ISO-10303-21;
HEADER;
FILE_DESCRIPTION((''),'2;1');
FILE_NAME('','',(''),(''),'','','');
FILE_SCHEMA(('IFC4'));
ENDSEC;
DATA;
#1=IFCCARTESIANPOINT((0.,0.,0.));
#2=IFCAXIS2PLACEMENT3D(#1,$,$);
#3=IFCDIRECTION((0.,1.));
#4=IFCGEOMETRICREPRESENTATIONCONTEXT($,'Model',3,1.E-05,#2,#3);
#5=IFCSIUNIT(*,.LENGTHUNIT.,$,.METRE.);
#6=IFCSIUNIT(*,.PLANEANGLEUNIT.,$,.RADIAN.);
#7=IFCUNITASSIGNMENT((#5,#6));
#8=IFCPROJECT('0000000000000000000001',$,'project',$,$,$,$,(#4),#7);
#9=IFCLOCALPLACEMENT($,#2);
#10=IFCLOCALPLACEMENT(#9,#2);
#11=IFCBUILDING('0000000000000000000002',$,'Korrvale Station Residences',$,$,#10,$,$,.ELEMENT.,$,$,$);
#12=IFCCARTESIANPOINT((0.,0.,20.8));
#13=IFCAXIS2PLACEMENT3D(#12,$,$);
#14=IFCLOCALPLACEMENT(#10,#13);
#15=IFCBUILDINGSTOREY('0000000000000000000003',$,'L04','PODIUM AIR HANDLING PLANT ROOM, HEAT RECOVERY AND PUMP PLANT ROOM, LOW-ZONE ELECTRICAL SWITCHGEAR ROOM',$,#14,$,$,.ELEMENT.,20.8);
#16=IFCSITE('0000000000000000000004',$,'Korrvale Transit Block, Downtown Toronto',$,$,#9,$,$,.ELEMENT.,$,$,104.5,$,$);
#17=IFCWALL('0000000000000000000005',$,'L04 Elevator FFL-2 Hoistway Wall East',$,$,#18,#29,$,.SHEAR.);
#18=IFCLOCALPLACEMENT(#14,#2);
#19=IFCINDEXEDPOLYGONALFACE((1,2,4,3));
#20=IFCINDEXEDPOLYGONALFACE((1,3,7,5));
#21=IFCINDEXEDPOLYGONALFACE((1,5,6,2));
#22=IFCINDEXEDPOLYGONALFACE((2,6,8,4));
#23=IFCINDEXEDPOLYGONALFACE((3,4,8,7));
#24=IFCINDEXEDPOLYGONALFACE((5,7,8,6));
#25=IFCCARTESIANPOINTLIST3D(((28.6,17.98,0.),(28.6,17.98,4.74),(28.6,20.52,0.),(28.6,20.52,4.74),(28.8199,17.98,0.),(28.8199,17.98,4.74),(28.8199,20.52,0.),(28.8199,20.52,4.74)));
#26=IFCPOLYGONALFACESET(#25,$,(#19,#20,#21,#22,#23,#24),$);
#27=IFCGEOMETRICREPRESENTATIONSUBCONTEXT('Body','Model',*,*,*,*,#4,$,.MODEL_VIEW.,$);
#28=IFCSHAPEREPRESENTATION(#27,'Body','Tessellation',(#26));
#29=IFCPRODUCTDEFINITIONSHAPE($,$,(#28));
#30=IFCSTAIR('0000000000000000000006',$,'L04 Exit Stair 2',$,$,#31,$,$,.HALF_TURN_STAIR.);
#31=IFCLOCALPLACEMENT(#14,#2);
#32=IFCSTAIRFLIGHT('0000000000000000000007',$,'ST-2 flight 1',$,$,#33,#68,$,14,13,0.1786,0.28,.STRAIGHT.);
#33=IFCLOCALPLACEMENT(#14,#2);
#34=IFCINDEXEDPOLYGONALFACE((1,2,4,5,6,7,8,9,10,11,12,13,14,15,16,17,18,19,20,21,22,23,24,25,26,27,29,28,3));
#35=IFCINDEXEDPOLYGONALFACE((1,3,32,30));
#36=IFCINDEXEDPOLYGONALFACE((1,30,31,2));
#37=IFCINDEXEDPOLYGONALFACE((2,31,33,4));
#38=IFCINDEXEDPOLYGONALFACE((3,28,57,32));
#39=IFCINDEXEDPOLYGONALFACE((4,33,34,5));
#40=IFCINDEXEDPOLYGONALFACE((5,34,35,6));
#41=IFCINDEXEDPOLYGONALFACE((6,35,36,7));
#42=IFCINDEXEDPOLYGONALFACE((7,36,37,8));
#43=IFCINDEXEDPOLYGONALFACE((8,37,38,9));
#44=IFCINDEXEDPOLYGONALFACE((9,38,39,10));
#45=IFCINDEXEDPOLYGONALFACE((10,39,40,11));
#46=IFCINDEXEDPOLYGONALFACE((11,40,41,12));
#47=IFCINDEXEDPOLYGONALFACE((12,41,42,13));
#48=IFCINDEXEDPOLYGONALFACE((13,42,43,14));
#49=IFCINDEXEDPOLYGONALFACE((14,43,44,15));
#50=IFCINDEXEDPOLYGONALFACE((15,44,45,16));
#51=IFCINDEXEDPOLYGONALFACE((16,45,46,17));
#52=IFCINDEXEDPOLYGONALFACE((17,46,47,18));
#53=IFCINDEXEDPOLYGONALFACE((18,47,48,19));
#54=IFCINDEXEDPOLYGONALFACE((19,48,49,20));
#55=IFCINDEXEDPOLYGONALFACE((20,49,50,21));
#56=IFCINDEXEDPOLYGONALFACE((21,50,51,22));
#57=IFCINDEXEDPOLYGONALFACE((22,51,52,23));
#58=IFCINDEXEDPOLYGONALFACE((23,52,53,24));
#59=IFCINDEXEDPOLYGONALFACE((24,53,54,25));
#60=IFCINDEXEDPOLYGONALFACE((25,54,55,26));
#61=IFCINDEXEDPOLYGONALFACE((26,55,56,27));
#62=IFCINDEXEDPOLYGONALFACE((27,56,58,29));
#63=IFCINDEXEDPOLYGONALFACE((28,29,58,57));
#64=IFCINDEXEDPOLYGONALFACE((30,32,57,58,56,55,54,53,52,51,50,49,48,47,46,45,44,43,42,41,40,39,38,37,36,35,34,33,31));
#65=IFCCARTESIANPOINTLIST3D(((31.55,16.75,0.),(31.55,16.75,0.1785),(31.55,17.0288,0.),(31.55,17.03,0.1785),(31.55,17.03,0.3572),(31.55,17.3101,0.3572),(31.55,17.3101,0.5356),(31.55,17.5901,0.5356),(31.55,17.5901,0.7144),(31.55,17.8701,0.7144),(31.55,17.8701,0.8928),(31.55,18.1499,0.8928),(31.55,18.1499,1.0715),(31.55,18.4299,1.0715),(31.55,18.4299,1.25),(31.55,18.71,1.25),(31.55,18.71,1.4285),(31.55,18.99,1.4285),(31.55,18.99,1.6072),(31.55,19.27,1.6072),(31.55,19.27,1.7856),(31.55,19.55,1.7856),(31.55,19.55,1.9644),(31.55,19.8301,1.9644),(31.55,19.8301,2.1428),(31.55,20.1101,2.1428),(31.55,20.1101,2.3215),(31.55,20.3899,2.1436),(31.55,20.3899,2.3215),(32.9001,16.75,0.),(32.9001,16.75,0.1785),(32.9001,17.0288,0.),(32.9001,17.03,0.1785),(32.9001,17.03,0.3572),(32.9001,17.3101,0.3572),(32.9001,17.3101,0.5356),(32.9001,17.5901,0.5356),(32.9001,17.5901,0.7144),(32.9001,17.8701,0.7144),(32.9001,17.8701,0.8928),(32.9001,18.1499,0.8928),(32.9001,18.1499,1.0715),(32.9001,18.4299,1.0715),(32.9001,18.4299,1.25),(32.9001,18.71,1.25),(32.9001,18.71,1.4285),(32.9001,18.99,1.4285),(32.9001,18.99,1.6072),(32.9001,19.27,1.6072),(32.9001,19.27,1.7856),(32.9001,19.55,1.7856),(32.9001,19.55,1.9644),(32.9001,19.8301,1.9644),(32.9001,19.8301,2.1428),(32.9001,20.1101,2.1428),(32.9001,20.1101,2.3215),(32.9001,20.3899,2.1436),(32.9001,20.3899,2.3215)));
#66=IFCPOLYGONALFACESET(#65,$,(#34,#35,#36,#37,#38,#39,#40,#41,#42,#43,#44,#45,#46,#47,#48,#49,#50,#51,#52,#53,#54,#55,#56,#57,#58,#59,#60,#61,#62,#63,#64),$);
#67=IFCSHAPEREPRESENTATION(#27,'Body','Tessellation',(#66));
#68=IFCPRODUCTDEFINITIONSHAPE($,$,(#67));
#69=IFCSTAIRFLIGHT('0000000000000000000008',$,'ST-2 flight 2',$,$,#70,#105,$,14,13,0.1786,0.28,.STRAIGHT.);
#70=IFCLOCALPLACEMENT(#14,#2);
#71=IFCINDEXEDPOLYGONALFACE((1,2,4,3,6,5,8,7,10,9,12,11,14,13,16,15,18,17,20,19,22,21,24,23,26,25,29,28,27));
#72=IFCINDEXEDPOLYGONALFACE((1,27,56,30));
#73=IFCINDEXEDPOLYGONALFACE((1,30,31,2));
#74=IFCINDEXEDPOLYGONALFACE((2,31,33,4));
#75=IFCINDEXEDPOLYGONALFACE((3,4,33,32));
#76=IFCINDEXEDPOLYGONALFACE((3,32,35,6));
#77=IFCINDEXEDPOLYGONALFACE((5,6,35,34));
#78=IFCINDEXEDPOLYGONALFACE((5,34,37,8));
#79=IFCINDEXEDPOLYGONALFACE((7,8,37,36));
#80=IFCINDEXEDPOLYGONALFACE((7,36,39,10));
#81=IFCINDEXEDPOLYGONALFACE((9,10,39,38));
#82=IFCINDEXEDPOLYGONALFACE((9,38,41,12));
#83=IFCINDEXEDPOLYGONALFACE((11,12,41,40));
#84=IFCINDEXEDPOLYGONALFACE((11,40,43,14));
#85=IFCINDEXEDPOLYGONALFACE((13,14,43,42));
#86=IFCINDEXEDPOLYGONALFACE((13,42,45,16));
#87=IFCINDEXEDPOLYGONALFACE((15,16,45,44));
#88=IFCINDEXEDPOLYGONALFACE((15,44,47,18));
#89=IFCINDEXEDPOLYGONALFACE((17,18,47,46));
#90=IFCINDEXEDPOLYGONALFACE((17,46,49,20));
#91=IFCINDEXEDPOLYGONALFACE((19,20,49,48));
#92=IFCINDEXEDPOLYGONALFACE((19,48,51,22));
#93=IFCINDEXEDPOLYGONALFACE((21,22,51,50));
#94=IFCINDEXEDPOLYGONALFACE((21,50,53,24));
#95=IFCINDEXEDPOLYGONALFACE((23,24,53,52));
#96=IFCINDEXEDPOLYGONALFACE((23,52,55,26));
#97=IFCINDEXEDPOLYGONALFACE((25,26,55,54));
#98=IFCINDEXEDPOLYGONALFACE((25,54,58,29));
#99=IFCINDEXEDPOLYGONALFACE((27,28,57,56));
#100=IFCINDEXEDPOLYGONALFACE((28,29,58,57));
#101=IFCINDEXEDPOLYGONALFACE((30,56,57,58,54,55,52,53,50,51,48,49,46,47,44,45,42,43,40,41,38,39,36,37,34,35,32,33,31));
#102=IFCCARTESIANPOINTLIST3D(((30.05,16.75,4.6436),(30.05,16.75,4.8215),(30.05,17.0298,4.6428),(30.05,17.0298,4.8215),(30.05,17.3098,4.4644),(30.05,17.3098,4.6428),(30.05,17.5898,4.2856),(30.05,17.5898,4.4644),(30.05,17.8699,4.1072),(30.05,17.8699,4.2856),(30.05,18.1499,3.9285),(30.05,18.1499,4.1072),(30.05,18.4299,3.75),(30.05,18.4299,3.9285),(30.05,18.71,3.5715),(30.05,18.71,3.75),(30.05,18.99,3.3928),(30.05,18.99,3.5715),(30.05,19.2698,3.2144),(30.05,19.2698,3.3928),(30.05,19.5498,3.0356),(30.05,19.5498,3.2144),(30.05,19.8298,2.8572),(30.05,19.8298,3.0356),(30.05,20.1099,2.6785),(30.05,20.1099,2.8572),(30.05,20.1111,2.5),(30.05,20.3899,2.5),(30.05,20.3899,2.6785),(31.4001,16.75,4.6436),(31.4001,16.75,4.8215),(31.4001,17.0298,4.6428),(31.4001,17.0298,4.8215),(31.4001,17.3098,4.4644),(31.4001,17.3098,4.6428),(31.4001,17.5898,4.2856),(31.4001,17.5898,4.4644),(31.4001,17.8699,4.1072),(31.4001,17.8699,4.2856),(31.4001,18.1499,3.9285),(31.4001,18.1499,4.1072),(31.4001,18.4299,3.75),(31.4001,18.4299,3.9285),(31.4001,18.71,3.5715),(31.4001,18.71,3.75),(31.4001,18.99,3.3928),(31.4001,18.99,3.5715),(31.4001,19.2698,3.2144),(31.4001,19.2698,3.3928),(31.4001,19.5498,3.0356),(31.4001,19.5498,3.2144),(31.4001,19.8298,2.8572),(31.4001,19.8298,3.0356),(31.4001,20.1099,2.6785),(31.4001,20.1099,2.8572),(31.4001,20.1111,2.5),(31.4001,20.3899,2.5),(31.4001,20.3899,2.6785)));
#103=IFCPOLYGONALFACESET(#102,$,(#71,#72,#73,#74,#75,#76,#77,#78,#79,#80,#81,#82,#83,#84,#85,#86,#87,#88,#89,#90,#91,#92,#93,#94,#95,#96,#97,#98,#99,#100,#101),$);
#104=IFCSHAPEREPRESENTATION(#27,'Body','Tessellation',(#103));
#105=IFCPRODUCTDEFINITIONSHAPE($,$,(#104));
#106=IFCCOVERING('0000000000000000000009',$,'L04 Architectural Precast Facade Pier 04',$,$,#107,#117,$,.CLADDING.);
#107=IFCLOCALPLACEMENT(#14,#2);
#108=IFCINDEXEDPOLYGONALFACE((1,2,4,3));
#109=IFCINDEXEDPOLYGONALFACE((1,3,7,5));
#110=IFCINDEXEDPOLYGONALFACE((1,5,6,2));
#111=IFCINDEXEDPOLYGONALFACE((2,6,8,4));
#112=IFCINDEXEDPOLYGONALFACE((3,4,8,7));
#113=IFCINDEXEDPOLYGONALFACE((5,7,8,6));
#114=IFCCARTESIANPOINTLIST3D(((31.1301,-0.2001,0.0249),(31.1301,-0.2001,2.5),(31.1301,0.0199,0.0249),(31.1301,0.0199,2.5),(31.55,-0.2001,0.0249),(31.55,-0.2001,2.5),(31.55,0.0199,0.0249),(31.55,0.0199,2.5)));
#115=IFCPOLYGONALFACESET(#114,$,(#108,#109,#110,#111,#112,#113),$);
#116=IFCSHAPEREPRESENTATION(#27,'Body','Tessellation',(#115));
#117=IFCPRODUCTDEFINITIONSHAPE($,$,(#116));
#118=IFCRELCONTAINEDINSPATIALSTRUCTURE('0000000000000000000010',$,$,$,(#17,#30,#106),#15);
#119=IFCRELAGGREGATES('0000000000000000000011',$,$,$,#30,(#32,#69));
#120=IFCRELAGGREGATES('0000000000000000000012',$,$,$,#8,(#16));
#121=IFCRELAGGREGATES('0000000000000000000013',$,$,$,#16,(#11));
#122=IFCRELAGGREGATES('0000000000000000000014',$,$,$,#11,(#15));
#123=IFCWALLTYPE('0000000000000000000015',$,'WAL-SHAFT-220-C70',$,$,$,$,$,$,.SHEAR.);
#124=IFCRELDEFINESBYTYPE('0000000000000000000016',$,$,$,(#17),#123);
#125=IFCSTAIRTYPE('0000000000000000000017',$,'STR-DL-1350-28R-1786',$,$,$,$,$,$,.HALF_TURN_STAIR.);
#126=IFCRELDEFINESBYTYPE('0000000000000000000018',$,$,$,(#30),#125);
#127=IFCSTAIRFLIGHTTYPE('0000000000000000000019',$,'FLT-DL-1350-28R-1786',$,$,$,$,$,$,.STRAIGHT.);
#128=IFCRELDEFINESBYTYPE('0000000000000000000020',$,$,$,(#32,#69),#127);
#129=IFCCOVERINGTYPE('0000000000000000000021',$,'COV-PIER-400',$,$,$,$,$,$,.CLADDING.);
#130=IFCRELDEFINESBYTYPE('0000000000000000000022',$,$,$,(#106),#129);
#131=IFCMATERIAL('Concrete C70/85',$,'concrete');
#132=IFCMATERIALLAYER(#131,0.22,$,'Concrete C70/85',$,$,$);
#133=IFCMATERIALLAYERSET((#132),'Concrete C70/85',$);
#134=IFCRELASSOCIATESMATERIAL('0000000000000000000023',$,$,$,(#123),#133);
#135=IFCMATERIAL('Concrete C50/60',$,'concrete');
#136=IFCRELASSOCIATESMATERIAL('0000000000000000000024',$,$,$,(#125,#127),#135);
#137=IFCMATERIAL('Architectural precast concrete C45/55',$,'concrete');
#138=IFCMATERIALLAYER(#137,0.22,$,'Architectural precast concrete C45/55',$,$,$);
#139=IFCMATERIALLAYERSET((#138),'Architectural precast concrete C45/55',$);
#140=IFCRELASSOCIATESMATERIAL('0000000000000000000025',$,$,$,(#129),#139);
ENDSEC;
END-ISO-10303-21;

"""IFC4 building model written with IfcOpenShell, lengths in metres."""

from ifc_helpers import new_model, si_unit, direction, frame, frame_2d, origin, origin_2d, place, context, subcontext, project, spatial, polyline, rectangle, outline, extrude, material, layer, layer_set, type_object, element, aggregate, save


model = new_model("IFC4")

# Units and contexts
model_context = context("Model", 3, precision=1e-05, world=origin(), true_north=direction((0.0, 1.0)))
body_context = subcontext(model_context, "Body", "Model", "MODEL_VIEW")
ifc_project = project(units=[si_unit("LENGTHUNIT", "METRE"), si_unit("PLANEANGLEUNIT", "RADIAN")], contexts=[model_context])

# Site, building, storey
site_placement = place(None, origin())
site = spatial("IfcSite", under=ifc_project, at=site_placement, Name="Korrvale Transit Block, Downtown Toronto", CompositionType="ELEMENT", RefElevation=104.5)
building_placement = place(site_placement, origin())
building = spatial("IfcBuilding", under=site, at=building_placement, Name="Korrvale Station Residences", CompositionType="ELEMENT")
storey_placement = place(building_placement, frame((0.0, 0.0, 20.8)))
storey = spatial("IfcBuildingStorey", under=building, at=storey_placement, Name="L04", Description="PODIUM AIR HANDLING PLANT ROOM, HEAT RECOVERY AND PUMP PLANT ROOM, LOW-ZONE ELECTRICAL SWITCHGEAR ROOM", CompositionType="ELEMENT", Elevation=20.8)

# Shared definitions
ifc_material_1 = material(Name="Concrete C70/85", Category="concrete")

# Shared definitions
ifc_layer_1 = layer(ifc_material_1, 0.22, Name="Concrete C70/85")
ifc_layer_set_1 = layer_set([ifc_layer_1], Name="Concrete C70/85")
wall_type_1 = type_object("IfcWallType", Name="WAL-SHAFT-220-C70", PredefinedType="SHEAR", material=ifc_layer_set_1)

# Wall
for number, where, z_axis, x_axis, name in (
    (1, (28.71, 17.98, 0.0), (0.0, 0.0, 1.0), (0.0, 1.0, 0.0), "L04 Elevator FFL-2 Hoistway Wall East"),
):
    element("IfcWall", number, at=place(storey_placement, frame(where, z_axis=z_axis, x_axis=x_axis)), inside=storey, type_object=wall_type_1, Name=name, PredefinedType="SHEAR", context=body_context, shape_type="SweptSolid", body=[
        extrude(rectangle(XDim=2.54, YDim=0.22, at=frame_2d((1.27, 0.0))), origin(), (0.0, 0.0, 1.0), 4.74),
    ])

# Stair, stair flights
ifc_material_2 = material(Name="Concrete C50/60", Category="concrete")
stair_type = type_object("IfcStairType", Name="STR-DL-1350-28R-1786", PredefinedType="HALF_TURN_STAIR", material=ifc_material_2)
stair_placement = place(storey_placement, origin())
stair = element("IfcStair", 2, at=stair_placement, inside=storey, type_object=stair_type, Name="L04 Exit Stair 2", PredefinedType="HALF_TURN_STAIR")
stair_flight_type = type_object("IfcStairFlightType", Name="FLT-DL-1350-28R-1786", PredefinedType="STRAIGHT", material=ifc_material_2)
stair_flight_1_placement = place(storey_placement, frame((32.2251, 16.75, 0.0), z_axis=(0.0, 0.0, 1.0), x_axis=(0.0, 1.0, 0.0)))
stair_flight_1 = element("IfcStairFlight", 3, at=stair_flight_1_placement, type_object=stair_flight_type, Name="ST-2 flight 1", NumberOfRisers=14, NumberOfTreads=13, PredefinedType="STRAIGHT", RiserHeight=0.1786, TreadLength=0.28, context=body_context, shape_type="SweptSolid", body=[
    extrude(outline(polyline([(0.0, 0.0), (0.0, 0.1785), (0.28, 0.1785), (0.28, 0.3572), (0.5601, 0.3572), (0.5601, 0.5356), (0.8401, 0.5356), (0.8401, 0.7144), (1.1201, 0.7144), (1.1201, 0.8928), (1.3999, 0.8928), (1.3999, 1.0715), (1.6799, 1.0715), (1.6799, 1.25), (1.96, 1.25), (1.96, 1.4285), (2.24, 1.4285), (2.24, 1.6072), (2.52, 1.6072), (2.52, 1.7856), (2.8, 1.7856), (2.8, 1.9644), (3.0801, 1.9644), (3.0801, 2.1428), (3.3601, 2.1428), (3.3601, 2.3215), (3.6399, 2.3215), (3.6399, 2.5), (3.6399, 2.1436), (0.2788, 0.0), (0.0, 0.0)])), frame((0.0, 0.675, 0.0), z_axis=(0.0, -1.0, 0.0), x_axis=(1.0, 0.0, 0.0)), (0.0, 0.0, 1.0), 1.3501),
])
stair_flight_2_placement = place(storey_placement, frame((30.7251, 20.3899, 2.5), z_axis=(0.0, 0.0, 1.0), x_axis=(0.0, -1.0, 0.0)))
stair_flight_2 = element("IfcStairFlight", 4, at=stair_flight_2_placement, type_object=stair_flight_type, Name="ST-2 flight 2", NumberOfRisers=14, NumberOfTreads=13, PredefinedType="STRAIGHT", RiserHeight=0.1786, TreadLength=0.28, context=body_context, shape_type="SweptSolid", body=[
    extrude(outline(polyline([(0.0, 0.0), (0.0, 0.1785), (0.28, 0.1785), (0.28, 0.3572), (0.5601, 0.3572), (0.5601, 0.5356), (0.8401, 0.5356), (0.8401, 0.7144), (1.1201, 0.7144), (1.1201, 0.8928), (1.3999, 0.8928), (1.3999, 1.0715), (1.6799, 1.0715), (1.6799, 1.25), (1.96, 1.25), (1.96, 1.4285), (2.24, 1.4285), (2.24, 1.6072), (2.52, 1.6072), (2.52, 1.7856), (2.8, 1.7856), (2.8, 1.9644), (3.0801, 1.9644), (3.0801, 2.1428), (3.3601, 2.1428), (3.3601, 2.3215), (3.6399, 2.3215), (3.6399, 2.5), (3.6399, 2.1436), (0.2788, 0.0), (0.0, 0.0)])), frame((0.0, 0.675, 0.0), z_axis=(0.0, -1.0, 0.0), x_axis=(1.0, 0.0, 0.0)), (0.0, 0.0, 1.0), 1.3501),
])
aggregate(stair, [stair_flight_1, stair_flight_2])

# Covering
ifc_material_3 = material(Name="Architectural precast concrete C45/55", Category="concrete")
ifc_layer_2 = layer(ifc_material_3, 0.22, Name="Architectural precast concrete C45/55")
ifc_layer_set_2 = layer_set([ifc_layer_2], Name="Architectural precast concrete C45/55")
covering_type = type_object("IfcCoveringType", Name="COV-PIER-400", PredefinedType="CLADDING", material=ifc_layer_set_2)
covering_placement = place(storey_placement, frame((31.3401, -0.0901, 0.0249), z_axis=(0.0, 0.0, 1.0), x_axis=(1.0, 0.0, 0.0)))
element("IfcCovering", 5, at=covering_placement, inside=storey, type_object=covering_type, Name="L04 Architectural Precast Facade Pier 04", PredefinedType="CLADDING", context=body_context, shape_type="SweptSolid", body=[
    extrude(rectangle(XDim=0.4199, YDim=0.22, at=origin_2d()), origin(), (0.0, 0.0, 1.0), 2.4751),
])

save(model, "model.ifc")
